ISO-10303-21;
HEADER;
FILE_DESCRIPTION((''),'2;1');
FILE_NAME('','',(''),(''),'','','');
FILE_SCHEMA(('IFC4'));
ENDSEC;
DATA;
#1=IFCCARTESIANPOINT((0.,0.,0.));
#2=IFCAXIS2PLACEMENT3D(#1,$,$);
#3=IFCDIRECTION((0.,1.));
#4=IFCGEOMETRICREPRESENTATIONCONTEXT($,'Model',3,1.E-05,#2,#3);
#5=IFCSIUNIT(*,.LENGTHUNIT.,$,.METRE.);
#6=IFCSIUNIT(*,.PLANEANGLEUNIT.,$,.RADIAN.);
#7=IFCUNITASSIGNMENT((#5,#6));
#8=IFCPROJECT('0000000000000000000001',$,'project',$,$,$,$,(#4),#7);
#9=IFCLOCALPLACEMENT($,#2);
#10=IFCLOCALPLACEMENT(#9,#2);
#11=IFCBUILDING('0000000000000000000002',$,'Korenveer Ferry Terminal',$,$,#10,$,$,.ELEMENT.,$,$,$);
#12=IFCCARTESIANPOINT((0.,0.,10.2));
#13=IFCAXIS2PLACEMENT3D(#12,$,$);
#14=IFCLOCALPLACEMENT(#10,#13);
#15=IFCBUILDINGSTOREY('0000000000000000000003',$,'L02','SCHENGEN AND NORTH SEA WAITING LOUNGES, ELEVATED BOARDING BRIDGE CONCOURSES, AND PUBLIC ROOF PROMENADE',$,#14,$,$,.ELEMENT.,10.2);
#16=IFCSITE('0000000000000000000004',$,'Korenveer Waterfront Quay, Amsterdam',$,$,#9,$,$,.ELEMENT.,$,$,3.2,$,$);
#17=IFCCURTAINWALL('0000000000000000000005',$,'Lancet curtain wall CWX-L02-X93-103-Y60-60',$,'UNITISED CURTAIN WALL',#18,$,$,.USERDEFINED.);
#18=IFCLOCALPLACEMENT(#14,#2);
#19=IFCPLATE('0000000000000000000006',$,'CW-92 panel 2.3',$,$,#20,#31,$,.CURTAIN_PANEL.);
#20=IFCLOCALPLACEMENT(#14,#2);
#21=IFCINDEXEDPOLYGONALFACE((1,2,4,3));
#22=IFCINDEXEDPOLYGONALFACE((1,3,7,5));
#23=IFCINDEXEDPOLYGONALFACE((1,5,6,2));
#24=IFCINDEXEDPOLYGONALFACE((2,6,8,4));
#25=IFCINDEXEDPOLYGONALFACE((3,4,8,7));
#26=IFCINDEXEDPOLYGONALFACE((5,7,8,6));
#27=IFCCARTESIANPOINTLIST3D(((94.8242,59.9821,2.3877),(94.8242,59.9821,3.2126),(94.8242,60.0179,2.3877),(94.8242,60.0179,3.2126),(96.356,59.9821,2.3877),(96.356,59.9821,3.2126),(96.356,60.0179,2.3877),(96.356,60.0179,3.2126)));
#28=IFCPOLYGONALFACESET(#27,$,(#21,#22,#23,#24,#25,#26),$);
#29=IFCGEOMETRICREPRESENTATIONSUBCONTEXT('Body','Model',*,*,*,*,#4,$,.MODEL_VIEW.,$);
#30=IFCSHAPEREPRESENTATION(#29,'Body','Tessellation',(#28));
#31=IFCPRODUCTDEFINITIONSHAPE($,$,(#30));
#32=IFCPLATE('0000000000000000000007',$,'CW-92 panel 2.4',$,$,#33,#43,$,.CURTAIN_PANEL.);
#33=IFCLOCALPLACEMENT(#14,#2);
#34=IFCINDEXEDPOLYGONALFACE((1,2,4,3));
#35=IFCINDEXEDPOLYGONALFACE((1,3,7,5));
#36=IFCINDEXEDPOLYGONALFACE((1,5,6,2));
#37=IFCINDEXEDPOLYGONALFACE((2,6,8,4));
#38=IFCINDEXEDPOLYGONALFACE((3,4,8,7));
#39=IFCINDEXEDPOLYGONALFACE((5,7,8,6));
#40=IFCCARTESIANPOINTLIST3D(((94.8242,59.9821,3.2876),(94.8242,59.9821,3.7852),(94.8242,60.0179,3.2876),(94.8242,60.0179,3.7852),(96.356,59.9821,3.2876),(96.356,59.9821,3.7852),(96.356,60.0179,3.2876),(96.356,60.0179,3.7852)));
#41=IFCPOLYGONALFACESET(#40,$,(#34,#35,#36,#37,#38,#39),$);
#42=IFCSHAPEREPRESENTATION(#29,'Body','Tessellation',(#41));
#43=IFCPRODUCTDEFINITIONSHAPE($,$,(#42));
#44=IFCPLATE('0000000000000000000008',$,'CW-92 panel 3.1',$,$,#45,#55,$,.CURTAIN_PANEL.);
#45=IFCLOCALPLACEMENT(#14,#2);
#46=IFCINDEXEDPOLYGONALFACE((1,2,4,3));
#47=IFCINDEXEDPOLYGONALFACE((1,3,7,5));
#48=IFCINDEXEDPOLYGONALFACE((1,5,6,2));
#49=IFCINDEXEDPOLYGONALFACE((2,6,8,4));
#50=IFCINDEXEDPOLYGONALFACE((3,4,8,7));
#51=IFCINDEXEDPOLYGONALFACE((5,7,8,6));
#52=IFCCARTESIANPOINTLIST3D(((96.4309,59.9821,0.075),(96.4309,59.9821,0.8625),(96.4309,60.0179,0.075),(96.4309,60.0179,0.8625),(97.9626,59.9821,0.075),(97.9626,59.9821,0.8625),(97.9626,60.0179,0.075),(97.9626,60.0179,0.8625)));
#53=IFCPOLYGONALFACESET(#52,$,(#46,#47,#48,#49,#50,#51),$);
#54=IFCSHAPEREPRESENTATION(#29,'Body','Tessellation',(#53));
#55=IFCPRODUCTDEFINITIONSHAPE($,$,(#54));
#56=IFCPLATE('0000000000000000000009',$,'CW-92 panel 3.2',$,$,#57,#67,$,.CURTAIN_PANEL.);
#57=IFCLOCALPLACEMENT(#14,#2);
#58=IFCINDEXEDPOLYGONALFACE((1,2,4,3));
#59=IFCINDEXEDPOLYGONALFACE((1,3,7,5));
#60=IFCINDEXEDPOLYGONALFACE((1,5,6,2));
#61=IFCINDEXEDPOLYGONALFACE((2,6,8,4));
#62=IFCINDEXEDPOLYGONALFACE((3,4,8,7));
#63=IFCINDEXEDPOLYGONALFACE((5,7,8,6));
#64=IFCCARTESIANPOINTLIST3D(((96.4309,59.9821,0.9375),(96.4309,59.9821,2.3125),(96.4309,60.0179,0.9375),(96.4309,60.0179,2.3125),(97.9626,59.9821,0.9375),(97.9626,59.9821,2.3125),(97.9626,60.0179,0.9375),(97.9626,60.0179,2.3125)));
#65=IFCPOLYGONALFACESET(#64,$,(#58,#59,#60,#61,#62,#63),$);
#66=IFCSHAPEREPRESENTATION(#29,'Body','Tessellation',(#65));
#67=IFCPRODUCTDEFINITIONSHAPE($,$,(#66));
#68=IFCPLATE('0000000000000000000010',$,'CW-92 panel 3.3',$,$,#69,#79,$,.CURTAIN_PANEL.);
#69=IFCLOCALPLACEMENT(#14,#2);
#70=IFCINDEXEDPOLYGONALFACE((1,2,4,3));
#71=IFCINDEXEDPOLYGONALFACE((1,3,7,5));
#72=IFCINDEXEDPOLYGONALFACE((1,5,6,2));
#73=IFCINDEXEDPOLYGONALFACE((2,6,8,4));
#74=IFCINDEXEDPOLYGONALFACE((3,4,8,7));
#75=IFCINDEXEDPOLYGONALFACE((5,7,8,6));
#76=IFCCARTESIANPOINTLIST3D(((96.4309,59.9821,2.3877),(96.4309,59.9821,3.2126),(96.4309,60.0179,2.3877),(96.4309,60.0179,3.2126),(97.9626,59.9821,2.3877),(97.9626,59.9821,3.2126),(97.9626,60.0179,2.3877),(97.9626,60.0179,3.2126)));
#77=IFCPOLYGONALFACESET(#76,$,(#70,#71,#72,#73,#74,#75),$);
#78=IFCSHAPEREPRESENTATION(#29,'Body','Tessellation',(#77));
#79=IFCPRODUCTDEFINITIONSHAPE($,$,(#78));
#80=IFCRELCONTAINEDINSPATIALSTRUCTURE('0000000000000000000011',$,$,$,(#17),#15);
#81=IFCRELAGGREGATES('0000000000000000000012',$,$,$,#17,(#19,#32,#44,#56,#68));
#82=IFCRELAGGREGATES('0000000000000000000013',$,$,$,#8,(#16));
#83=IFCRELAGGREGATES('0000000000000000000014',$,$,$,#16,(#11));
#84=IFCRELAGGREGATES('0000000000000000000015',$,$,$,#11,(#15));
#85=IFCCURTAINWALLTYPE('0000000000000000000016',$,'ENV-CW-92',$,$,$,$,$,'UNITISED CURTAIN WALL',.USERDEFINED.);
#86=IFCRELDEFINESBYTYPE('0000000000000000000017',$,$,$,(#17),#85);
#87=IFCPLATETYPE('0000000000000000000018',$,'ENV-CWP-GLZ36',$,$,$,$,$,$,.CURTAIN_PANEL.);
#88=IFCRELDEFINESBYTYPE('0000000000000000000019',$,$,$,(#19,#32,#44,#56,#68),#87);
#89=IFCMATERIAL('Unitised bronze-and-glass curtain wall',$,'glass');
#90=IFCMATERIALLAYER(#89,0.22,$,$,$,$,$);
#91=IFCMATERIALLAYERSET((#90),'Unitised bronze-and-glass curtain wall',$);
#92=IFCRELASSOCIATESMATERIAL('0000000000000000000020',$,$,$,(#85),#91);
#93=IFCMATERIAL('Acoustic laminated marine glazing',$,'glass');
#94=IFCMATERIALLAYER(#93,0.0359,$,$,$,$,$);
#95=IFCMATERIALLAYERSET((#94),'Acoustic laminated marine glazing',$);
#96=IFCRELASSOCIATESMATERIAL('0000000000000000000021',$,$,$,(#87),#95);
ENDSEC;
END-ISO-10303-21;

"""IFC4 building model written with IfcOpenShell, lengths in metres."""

from ifc_helpers import new_model, si_unit, direction, frame, origin, origin_2d, place, context, subcontext, project, spatial, rectangle, extrude, material, layer, layer_set, type_object, element, aggregate, save


model = new_model("IFC4")

# Units and contexts
model_context = context("Model", 3, precision=1e-05, world=origin(), true_north=direction((0.0, 1.0)))
body_context = subcontext(model_context, "Body", "Model", "MODEL_VIEW")
ifc_project = project(units=[si_unit("LENGTHUNIT", "METRE"), si_unit("PLANEANGLEUNIT", "RADIAN")], contexts=[model_context])

# Site, building, storey
site_placement = place(None, origin())
site = spatial("IfcSite", under=ifc_project, at=site_placement, Name="Korenveer Waterfront Quay, Amsterdam", CompositionType="ELEMENT", RefElevation=3.2)
building_placement = place(site_placement, origin())
building = spatial("IfcBuilding", under=site, at=building_placement, Name="Korenveer Ferry Terminal", CompositionType="ELEMENT")
storey_placement = place(building_placement, frame((0.0, 0.0, 10.2)))
storey = spatial("IfcBuildingStorey", under=building, at=storey_placement, Name="L02", Description="SCHENGEN AND NORTH SEA WAITING LOUNGES, ELEVATED BOARDING BRIDGE CONCOURSES, AND PUBLIC ROOF PROMENADE", CompositionType="ELEMENT", Elevation=10.2)

# Shared definitions
ifc_material_1 = material(Name="Unitised bronze-and-glass curtain wall", Category="glass")

# Curtain wall
ifc_layer_1 = layer(ifc_material_1, 0.22)
ifc_layer_set_1 = layer_set([ifc_layer_1], Name="Unitised bronze-and-glass curtain wall")
curtain_wall_type_1 = type_object("IfcCurtainWallType", Name="ENV-CW-92", ElementType="UNITISED CURTAIN WALL", PredefinedType="USERDEFINED", material=ifc_layer_set_1)
curtain_wall_1_placement = place(storey_placement, frame((93.1799, 60.0, 0.0)))
curtain_wall_1 = element("IfcCurtainWall", 1, at=curtain_wall_1_placement, inside=storey, type_object=curtain_wall_type_1, Name="Lancet curtain wall CWX-L02-X93-103-Y60-60", ObjectType="UNITISED CURTAIN WALL", PredefinedType="USERDEFINED")

# Plates
ifc_material_2 = material(Name="Acoustic laminated marine glazing", Category="glass")
ifc_layer_2 = layer(ifc_material_2, 0.0359)
ifc_layer_set_2 = layer_set([ifc_layer_2], Name="Acoustic laminated marine glazing")
plate_type = type_object("IfcPlateType", Name="ENV-CWP-GLZ36", PredefinedType="CURTAIN_PANEL", material=ifc_layer_set_2)
plate_1_placement = place(storey_placement, frame((95.5901, 60.0, 2.3877), z_axis=(0.0, 0.0, 1.0), x_axis=(1.0, 0.0, 0.0)))
plate_1 = element("IfcPlate", 2, at=plate_1_placement, type_object=plate_type, Name="CW-92 panel 2.3", PredefinedType="CURTAIN_PANEL", context=body_context, shape_type="SweptSolid", body=[
    extrude(rectangle(XDim=1.5317, YDim=0.0359, at=origin_2d()), origin(), (0.0, 0.0, 1.0), 0.825),
])
plate_2_placement = place(storey_placement, frame((95.5901, 60.0, 3.2876), z_axis=(0.0, 0.0, 1.0), x_axis=(1.0, 0.0, 0.0)))
plate_2 = element("IfcPlate", 3, at=plate_2_placement, type_object=plate_type, Name="CW-92 panel 2.4", PredefinedType="CURTAIN_PANEL", context=body_context, shape_type="SweptSolid", body=[
    extrude(rectangle(XDim=1.5317, YDim=0.0359, at=origin_2d()), origin(), (0.0, 0.0, 1.0), 0.4976),
])
plate_3_placement = place(storey_placement, frame((97.1968, 60.0, 0.075), z_axis=(0.0, 0.0, 1.0), x_axis=(1.0, 0.0, 0.0)))
plate_3 = element("IfcPlate", 4, at=plate_3_placement, type_object=plate_type, Name="CW-92 panel 3.1", PredefinedType="CURTAIN_PANEL", context=body_context, shape_type="SweptSolid", body=[
    extrude(rectangle(XDim=1.5317, YDim=0.0359, at=origin_2d()), origin(), (0.0, 0.0, 1.0), 0.7876),
])
plate_4_placement = place(storey_placement, frame((97.1968, 60.0, 0.9375), z_axis=(0.0, 0.0, 1.0), x_axis=(1.0, 0.0, 0.0)))
plate_4 = element("IfcPlate", 5, at=plate_4_placement, type_object=plate_type, Name="CW-92 panel 3.2", PredefinedType="CURTAIN_PANEL", context=body_context, shape_type="SweptSolid", body=[
    extrude(rectangle(XDim=1.5317, YDim=0.0359, at=origin_2d()), origin(), (0.0, 0.0, 1.0), 1.375),
])
plate_5_placement = place(storey_placement, frame((97.1968, 60.0, 2.3877), z_axis=(0.0, 0.0, 1.0), x_axis=(1.0, 0.0, 0.0)))
plate_5 = element("IfcPlate", 6, at=plate_5_placement, type_object=plate_type, Name="CW-92 panel 3.3", PredefinedType="CURTAIN_PANEL", context=body_context, shape_type="SweptSolid", body=[
    extrude(rectangle(XDim=1.5317, YDim=0.0359, at=origin_2d()), origin(), (0.0, 0.0, 1.0), 0.825),
])
aggregate(curtain_wall_1, [plate_1, plate_2, plate_3, plate_4, plate_5])

save(model, "model.ifc")
